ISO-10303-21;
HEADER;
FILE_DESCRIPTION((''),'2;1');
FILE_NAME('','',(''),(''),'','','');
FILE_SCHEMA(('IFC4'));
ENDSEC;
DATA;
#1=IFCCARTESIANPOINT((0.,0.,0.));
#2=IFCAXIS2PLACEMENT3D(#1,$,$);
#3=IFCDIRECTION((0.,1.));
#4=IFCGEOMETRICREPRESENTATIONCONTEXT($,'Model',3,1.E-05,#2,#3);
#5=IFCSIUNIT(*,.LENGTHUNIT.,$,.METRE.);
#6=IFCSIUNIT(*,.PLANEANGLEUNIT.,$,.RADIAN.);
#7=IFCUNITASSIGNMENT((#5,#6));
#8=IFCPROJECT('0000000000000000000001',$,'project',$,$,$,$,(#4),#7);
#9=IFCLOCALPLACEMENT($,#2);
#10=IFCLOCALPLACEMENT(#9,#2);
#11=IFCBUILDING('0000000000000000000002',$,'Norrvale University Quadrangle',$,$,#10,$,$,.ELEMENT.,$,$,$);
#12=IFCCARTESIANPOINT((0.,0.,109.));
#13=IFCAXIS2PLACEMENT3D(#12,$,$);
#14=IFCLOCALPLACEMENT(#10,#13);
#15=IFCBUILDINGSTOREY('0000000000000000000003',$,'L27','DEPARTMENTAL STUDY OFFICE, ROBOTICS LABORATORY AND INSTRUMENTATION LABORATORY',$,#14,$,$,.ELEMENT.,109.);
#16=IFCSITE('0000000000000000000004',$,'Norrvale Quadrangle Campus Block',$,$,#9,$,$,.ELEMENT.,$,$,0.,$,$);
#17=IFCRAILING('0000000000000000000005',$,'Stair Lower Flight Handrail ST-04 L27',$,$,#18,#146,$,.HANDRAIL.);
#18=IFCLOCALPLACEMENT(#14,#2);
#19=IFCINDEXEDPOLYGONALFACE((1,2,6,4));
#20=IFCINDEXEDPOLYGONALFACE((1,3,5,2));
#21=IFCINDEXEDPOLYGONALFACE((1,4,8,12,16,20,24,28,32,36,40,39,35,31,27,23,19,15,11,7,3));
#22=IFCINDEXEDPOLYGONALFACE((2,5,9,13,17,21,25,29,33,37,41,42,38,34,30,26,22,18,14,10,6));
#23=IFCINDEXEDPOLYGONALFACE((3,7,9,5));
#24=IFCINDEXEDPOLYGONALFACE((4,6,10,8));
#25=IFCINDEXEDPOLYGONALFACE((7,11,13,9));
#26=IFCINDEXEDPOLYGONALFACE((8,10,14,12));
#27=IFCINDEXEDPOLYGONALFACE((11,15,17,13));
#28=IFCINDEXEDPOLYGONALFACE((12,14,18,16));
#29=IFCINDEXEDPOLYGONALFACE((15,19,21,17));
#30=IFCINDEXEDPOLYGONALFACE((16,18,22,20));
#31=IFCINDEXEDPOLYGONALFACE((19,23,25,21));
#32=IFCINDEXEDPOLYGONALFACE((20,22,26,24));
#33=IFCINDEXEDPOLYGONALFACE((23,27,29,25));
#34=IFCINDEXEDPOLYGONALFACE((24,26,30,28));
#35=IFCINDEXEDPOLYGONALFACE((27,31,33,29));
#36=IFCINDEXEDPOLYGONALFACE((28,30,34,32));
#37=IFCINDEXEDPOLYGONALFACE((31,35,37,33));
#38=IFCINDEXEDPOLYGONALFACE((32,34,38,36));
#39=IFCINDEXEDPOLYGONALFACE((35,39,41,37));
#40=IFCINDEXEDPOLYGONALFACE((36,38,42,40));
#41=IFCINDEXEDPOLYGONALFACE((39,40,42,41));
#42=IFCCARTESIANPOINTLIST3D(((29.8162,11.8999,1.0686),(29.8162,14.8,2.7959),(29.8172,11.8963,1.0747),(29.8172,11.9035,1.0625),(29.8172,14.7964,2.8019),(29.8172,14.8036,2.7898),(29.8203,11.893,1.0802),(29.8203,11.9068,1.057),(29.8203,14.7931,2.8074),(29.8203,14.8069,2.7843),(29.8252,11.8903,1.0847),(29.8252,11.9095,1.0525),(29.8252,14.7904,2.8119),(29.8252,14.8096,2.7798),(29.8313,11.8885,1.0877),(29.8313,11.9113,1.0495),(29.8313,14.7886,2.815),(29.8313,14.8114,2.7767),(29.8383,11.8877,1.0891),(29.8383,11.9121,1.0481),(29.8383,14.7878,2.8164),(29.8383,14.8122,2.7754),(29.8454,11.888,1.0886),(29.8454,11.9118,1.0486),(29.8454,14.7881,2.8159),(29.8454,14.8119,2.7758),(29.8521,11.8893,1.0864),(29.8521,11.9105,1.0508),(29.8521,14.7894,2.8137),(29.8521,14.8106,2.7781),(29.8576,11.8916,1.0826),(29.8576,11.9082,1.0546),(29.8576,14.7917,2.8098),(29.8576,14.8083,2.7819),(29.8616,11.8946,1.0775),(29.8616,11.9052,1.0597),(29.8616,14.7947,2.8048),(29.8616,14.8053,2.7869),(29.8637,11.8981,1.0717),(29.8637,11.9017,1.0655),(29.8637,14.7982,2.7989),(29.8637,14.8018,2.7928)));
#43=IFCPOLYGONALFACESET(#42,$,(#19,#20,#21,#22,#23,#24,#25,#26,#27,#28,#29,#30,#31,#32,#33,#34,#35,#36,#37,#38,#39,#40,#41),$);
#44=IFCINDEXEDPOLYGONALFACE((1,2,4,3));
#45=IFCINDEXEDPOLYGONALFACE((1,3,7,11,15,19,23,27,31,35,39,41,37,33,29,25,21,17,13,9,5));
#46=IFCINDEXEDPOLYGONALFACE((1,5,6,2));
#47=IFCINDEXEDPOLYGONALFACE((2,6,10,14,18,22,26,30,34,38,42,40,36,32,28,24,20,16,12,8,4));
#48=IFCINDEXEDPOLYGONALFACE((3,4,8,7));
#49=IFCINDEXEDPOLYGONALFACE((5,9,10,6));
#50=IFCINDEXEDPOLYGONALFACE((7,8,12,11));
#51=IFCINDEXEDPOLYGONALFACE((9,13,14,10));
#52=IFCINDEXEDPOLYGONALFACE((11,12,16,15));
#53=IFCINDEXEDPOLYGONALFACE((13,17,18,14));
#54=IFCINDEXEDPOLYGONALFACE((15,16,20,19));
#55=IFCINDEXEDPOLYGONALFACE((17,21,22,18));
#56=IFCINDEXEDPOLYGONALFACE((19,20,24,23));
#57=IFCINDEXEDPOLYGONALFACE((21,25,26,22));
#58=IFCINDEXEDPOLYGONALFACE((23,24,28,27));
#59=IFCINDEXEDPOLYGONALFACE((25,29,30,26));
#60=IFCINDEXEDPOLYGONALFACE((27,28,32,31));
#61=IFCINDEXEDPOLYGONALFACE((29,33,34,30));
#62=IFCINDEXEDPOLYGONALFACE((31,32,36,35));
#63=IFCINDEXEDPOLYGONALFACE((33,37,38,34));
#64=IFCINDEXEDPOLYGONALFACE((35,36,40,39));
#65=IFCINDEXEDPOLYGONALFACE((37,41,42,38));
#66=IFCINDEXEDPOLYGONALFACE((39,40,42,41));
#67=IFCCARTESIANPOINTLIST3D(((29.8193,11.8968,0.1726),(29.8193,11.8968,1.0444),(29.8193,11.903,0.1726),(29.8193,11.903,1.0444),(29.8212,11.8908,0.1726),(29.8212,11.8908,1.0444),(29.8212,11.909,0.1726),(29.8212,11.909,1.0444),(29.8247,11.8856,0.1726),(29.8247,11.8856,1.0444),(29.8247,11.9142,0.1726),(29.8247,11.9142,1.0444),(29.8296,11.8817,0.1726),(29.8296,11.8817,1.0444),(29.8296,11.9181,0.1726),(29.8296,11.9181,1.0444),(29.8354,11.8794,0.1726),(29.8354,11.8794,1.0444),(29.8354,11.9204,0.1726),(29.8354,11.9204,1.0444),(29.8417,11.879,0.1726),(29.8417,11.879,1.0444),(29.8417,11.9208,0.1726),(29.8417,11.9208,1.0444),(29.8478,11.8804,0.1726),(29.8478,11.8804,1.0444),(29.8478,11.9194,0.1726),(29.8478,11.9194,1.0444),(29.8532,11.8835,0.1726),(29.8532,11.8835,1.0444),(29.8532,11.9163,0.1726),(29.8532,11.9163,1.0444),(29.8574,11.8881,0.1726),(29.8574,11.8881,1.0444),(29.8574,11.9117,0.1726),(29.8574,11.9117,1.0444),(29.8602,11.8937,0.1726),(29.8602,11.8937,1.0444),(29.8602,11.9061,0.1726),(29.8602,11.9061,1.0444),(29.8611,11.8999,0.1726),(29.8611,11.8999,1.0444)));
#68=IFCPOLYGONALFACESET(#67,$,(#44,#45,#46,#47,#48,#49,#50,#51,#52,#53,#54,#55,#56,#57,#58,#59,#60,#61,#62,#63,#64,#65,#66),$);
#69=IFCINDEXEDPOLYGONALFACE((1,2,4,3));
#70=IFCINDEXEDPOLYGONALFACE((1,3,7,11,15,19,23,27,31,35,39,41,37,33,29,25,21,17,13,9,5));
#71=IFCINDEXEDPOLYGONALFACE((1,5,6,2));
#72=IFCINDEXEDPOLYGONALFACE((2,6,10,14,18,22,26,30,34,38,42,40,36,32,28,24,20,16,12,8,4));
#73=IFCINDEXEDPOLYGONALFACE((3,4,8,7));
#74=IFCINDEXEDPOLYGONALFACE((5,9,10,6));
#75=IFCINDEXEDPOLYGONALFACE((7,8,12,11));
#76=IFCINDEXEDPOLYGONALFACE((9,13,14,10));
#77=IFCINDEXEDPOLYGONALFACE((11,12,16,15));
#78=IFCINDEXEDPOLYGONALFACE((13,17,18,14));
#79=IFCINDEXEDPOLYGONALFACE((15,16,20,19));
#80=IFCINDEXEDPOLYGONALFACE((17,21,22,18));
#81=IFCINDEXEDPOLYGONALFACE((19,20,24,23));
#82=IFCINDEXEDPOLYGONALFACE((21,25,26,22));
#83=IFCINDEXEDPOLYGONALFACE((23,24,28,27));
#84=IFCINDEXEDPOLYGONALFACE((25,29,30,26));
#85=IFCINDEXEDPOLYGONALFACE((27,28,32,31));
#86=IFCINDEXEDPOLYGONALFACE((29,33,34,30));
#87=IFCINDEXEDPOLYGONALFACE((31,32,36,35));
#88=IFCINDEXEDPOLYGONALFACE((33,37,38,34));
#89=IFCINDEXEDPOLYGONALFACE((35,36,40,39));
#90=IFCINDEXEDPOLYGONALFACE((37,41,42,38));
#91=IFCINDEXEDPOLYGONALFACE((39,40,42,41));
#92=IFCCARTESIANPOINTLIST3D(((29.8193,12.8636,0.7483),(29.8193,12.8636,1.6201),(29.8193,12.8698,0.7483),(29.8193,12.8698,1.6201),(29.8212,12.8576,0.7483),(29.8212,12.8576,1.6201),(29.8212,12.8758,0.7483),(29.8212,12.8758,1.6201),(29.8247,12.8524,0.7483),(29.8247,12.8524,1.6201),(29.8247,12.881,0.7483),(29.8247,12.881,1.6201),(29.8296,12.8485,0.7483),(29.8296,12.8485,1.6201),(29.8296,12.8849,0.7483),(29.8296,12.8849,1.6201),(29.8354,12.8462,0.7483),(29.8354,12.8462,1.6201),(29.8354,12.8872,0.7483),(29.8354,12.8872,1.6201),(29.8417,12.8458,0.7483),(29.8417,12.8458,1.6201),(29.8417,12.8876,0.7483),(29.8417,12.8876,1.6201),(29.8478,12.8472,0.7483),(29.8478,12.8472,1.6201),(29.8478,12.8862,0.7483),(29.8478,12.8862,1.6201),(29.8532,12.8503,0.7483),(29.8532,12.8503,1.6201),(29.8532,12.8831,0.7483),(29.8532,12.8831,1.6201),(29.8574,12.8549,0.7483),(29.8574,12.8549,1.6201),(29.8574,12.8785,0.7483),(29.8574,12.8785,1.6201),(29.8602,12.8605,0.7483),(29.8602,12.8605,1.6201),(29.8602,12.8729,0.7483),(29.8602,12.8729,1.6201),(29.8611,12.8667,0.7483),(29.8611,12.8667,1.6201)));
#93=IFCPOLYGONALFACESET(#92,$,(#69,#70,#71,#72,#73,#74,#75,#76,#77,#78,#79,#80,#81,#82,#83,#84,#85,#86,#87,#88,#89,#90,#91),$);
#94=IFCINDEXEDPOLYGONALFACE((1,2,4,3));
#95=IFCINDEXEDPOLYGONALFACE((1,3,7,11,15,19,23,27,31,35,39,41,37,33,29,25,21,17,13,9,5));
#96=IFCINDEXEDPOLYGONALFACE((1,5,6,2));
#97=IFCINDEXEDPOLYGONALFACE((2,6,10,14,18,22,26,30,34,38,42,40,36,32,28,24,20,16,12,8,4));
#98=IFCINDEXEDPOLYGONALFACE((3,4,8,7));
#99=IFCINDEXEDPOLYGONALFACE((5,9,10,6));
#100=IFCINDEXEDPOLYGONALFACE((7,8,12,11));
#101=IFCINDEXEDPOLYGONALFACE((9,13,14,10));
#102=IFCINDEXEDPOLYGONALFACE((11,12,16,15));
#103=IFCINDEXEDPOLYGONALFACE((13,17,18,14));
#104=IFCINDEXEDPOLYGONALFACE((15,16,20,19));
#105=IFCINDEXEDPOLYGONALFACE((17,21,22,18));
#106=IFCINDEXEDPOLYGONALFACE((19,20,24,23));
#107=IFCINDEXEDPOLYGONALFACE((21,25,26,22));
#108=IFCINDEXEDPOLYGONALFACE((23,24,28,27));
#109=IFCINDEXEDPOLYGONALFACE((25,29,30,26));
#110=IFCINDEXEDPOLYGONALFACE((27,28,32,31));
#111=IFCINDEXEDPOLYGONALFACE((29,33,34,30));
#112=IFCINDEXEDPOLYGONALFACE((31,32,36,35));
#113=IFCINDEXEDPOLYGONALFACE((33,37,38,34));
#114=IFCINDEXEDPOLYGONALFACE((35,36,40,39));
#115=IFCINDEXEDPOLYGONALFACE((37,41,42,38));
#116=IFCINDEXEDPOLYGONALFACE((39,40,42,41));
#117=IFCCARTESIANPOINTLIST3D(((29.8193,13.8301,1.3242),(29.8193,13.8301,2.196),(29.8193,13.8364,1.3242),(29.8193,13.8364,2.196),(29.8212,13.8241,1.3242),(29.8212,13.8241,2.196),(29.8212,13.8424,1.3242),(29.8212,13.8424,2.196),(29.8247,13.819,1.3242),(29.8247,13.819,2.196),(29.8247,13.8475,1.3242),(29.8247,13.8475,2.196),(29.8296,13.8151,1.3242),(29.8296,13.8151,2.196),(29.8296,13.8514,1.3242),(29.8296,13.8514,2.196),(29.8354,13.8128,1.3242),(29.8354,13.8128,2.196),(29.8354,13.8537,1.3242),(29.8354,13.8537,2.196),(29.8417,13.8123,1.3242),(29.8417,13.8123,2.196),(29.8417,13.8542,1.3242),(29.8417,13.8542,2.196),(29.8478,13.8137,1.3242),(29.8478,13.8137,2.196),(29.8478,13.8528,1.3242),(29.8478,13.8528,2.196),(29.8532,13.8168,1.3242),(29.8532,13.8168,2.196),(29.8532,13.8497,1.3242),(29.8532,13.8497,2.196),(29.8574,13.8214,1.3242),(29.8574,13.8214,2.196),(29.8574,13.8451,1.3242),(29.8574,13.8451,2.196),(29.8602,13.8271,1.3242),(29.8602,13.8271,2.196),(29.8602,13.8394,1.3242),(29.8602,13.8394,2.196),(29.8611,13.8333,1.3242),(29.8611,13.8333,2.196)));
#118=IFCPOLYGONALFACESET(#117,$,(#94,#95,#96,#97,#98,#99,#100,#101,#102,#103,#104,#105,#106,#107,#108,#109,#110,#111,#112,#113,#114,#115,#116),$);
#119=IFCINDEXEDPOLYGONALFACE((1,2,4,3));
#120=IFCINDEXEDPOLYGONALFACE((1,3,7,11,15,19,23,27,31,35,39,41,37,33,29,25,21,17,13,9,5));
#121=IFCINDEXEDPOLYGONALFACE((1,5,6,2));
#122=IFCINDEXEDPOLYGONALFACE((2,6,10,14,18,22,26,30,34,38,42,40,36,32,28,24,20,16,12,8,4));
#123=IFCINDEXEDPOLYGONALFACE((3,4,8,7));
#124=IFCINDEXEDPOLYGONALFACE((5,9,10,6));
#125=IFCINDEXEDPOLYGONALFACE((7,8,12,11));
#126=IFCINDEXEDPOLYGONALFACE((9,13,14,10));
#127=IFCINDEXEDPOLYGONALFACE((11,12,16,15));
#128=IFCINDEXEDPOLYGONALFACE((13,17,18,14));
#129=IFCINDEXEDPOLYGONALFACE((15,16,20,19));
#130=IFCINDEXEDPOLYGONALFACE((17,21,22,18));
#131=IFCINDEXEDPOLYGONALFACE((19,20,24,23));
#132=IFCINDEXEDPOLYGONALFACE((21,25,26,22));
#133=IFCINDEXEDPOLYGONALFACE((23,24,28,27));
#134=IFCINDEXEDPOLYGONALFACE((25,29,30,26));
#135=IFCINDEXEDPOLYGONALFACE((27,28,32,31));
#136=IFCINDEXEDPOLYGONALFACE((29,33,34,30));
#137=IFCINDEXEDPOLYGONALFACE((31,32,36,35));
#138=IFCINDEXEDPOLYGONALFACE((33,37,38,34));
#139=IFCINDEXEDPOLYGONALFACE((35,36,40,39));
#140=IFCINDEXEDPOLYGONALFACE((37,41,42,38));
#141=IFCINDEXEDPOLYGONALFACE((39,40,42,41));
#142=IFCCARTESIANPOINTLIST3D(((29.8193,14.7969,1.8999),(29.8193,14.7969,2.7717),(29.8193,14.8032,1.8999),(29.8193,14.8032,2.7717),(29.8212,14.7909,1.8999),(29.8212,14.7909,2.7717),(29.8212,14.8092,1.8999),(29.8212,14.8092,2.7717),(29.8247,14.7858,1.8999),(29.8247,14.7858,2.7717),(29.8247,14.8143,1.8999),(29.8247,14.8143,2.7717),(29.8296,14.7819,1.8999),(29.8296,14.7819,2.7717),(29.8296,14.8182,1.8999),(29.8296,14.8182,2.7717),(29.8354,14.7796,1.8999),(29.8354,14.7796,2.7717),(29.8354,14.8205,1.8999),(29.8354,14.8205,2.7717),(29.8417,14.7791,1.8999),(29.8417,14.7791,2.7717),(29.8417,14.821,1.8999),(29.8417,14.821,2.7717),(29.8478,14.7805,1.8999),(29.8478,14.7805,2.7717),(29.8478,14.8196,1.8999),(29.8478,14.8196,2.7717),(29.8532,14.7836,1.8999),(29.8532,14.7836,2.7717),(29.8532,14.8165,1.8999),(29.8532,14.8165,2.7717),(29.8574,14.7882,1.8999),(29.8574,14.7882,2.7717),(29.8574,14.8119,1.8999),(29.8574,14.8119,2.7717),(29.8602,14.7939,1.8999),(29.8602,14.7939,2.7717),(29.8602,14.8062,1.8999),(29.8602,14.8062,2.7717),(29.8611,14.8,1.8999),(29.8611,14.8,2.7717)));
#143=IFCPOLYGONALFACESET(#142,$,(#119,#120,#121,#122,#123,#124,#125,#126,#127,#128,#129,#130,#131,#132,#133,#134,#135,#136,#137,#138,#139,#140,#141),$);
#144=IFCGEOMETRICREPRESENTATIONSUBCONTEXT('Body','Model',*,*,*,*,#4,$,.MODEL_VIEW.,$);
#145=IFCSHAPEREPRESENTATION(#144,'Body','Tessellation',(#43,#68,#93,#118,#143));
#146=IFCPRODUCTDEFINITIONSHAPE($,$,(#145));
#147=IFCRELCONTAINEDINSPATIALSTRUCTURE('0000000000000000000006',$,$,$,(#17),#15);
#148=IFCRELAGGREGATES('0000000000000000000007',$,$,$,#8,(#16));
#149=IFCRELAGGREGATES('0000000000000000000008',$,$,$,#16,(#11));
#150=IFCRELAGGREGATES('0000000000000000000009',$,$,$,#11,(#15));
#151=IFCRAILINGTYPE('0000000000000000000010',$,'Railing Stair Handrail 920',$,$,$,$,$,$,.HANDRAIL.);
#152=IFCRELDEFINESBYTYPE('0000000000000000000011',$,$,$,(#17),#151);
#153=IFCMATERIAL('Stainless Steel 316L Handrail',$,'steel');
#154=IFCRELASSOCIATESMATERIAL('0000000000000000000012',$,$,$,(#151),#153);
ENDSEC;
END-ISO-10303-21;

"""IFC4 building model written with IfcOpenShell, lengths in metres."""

from ifc_helpers import new_model, si_unit, direction, frame, origin, origin_2d, place, context, subcontext, project, spatial, circle, extrude, material, type_object, element, save


model = new_model("IFC4")

# Units and contexts
model_context = context("Model", 3, precision=1e-05, world=origin(), true_north=direction((0.0, 1.0)))
body_context = subcontext(model_context, "Body", "Model", "MODEL_VIEW")
ifc_project = project(units=[si_unit("LENGTHUNIT", "METRE"), si_unit("PLANEANGLEUNIT", "RADIAN")], contexts=[model_context])

# Site, building, storey
site_placement = place(None, origin())
site = spatial("IfcSite", under=ifc_project, at=site_placement, Name="Norrvale Quadrangle Campus Block", CompositionType="ELEMENT", RefElevation=0.0)
building_placement = place(site_placement, origin())
building = spatial("IfcBuilding", under=site, at=building_placement, Name="Norrvale University Quadrangle", CompositionType="ELEMENT")
storey_placement = place(building_placement, frame((0.0, 0.0, 109.0)))
storey = spatial("IfcBuildingStorey", under=building, at=storey_placement, Name="L27", Description="DEPARTMENTAL STUDY OFFICE, ROBOTICS LABORATORY AND INSTRUMENTATION LABORATORY", CompositionType="ELEMENT", Elevation=109.0)

# Railing
ifc_material_1 = material(Name="Stainless Steel 316L Handrail", Category="steel")
railing_type_1 = type_object("IfcRailingType", Name="Railing Stair Handrail 920", PredefinedType="HANDRAIL", material=ifc_material_1)
railing_1_placement = place(storey_placement, frame((29.8401, 11.8999, 0.1726)))
element("IfcRailing", 1, at=railing_1_placement, inside=storey, type_object=railing_type_1, Name="Stair Lower Flight Handrail ST-04 L27", PredefinedType="HANDRAIL", context=body_context, shape_type="SweptSolid", body=[
    extrude(circle(Radius=0.0239, at=origin_2d()), frame((0.0, 0.0, 0.896), z_axis=(0.0, 0.85916, 0.511706), x_axis=(-1.0, 0.0, 0.0)), (0.0, 0.0, 1.0), 3.3755),
    extrude(circle(Radius=0.021, at=origin_2d()), origin(), (0.0, 0.0, 1.0), 0.8718),
    extrude(circle(Radius=0.021, at=origin_2d()), frame((0.0, 0.9668, 0.5757)), (0.0, 0.0, 1.0), 0.8718),
    extrude(circle(Radius=0.021, at=origin_2d()), frame((0.0, 1.9333, 1.1516)), (0.0, 0.0, 1.0), 0.8718),
    extrude(circle(Radius=0.021, at=origin_2d()), frame((0.0, 2.9001, 1.7273)), (0.0, 0.0, 1.0), 0.8718),
])

save(model, "model.ifc")
